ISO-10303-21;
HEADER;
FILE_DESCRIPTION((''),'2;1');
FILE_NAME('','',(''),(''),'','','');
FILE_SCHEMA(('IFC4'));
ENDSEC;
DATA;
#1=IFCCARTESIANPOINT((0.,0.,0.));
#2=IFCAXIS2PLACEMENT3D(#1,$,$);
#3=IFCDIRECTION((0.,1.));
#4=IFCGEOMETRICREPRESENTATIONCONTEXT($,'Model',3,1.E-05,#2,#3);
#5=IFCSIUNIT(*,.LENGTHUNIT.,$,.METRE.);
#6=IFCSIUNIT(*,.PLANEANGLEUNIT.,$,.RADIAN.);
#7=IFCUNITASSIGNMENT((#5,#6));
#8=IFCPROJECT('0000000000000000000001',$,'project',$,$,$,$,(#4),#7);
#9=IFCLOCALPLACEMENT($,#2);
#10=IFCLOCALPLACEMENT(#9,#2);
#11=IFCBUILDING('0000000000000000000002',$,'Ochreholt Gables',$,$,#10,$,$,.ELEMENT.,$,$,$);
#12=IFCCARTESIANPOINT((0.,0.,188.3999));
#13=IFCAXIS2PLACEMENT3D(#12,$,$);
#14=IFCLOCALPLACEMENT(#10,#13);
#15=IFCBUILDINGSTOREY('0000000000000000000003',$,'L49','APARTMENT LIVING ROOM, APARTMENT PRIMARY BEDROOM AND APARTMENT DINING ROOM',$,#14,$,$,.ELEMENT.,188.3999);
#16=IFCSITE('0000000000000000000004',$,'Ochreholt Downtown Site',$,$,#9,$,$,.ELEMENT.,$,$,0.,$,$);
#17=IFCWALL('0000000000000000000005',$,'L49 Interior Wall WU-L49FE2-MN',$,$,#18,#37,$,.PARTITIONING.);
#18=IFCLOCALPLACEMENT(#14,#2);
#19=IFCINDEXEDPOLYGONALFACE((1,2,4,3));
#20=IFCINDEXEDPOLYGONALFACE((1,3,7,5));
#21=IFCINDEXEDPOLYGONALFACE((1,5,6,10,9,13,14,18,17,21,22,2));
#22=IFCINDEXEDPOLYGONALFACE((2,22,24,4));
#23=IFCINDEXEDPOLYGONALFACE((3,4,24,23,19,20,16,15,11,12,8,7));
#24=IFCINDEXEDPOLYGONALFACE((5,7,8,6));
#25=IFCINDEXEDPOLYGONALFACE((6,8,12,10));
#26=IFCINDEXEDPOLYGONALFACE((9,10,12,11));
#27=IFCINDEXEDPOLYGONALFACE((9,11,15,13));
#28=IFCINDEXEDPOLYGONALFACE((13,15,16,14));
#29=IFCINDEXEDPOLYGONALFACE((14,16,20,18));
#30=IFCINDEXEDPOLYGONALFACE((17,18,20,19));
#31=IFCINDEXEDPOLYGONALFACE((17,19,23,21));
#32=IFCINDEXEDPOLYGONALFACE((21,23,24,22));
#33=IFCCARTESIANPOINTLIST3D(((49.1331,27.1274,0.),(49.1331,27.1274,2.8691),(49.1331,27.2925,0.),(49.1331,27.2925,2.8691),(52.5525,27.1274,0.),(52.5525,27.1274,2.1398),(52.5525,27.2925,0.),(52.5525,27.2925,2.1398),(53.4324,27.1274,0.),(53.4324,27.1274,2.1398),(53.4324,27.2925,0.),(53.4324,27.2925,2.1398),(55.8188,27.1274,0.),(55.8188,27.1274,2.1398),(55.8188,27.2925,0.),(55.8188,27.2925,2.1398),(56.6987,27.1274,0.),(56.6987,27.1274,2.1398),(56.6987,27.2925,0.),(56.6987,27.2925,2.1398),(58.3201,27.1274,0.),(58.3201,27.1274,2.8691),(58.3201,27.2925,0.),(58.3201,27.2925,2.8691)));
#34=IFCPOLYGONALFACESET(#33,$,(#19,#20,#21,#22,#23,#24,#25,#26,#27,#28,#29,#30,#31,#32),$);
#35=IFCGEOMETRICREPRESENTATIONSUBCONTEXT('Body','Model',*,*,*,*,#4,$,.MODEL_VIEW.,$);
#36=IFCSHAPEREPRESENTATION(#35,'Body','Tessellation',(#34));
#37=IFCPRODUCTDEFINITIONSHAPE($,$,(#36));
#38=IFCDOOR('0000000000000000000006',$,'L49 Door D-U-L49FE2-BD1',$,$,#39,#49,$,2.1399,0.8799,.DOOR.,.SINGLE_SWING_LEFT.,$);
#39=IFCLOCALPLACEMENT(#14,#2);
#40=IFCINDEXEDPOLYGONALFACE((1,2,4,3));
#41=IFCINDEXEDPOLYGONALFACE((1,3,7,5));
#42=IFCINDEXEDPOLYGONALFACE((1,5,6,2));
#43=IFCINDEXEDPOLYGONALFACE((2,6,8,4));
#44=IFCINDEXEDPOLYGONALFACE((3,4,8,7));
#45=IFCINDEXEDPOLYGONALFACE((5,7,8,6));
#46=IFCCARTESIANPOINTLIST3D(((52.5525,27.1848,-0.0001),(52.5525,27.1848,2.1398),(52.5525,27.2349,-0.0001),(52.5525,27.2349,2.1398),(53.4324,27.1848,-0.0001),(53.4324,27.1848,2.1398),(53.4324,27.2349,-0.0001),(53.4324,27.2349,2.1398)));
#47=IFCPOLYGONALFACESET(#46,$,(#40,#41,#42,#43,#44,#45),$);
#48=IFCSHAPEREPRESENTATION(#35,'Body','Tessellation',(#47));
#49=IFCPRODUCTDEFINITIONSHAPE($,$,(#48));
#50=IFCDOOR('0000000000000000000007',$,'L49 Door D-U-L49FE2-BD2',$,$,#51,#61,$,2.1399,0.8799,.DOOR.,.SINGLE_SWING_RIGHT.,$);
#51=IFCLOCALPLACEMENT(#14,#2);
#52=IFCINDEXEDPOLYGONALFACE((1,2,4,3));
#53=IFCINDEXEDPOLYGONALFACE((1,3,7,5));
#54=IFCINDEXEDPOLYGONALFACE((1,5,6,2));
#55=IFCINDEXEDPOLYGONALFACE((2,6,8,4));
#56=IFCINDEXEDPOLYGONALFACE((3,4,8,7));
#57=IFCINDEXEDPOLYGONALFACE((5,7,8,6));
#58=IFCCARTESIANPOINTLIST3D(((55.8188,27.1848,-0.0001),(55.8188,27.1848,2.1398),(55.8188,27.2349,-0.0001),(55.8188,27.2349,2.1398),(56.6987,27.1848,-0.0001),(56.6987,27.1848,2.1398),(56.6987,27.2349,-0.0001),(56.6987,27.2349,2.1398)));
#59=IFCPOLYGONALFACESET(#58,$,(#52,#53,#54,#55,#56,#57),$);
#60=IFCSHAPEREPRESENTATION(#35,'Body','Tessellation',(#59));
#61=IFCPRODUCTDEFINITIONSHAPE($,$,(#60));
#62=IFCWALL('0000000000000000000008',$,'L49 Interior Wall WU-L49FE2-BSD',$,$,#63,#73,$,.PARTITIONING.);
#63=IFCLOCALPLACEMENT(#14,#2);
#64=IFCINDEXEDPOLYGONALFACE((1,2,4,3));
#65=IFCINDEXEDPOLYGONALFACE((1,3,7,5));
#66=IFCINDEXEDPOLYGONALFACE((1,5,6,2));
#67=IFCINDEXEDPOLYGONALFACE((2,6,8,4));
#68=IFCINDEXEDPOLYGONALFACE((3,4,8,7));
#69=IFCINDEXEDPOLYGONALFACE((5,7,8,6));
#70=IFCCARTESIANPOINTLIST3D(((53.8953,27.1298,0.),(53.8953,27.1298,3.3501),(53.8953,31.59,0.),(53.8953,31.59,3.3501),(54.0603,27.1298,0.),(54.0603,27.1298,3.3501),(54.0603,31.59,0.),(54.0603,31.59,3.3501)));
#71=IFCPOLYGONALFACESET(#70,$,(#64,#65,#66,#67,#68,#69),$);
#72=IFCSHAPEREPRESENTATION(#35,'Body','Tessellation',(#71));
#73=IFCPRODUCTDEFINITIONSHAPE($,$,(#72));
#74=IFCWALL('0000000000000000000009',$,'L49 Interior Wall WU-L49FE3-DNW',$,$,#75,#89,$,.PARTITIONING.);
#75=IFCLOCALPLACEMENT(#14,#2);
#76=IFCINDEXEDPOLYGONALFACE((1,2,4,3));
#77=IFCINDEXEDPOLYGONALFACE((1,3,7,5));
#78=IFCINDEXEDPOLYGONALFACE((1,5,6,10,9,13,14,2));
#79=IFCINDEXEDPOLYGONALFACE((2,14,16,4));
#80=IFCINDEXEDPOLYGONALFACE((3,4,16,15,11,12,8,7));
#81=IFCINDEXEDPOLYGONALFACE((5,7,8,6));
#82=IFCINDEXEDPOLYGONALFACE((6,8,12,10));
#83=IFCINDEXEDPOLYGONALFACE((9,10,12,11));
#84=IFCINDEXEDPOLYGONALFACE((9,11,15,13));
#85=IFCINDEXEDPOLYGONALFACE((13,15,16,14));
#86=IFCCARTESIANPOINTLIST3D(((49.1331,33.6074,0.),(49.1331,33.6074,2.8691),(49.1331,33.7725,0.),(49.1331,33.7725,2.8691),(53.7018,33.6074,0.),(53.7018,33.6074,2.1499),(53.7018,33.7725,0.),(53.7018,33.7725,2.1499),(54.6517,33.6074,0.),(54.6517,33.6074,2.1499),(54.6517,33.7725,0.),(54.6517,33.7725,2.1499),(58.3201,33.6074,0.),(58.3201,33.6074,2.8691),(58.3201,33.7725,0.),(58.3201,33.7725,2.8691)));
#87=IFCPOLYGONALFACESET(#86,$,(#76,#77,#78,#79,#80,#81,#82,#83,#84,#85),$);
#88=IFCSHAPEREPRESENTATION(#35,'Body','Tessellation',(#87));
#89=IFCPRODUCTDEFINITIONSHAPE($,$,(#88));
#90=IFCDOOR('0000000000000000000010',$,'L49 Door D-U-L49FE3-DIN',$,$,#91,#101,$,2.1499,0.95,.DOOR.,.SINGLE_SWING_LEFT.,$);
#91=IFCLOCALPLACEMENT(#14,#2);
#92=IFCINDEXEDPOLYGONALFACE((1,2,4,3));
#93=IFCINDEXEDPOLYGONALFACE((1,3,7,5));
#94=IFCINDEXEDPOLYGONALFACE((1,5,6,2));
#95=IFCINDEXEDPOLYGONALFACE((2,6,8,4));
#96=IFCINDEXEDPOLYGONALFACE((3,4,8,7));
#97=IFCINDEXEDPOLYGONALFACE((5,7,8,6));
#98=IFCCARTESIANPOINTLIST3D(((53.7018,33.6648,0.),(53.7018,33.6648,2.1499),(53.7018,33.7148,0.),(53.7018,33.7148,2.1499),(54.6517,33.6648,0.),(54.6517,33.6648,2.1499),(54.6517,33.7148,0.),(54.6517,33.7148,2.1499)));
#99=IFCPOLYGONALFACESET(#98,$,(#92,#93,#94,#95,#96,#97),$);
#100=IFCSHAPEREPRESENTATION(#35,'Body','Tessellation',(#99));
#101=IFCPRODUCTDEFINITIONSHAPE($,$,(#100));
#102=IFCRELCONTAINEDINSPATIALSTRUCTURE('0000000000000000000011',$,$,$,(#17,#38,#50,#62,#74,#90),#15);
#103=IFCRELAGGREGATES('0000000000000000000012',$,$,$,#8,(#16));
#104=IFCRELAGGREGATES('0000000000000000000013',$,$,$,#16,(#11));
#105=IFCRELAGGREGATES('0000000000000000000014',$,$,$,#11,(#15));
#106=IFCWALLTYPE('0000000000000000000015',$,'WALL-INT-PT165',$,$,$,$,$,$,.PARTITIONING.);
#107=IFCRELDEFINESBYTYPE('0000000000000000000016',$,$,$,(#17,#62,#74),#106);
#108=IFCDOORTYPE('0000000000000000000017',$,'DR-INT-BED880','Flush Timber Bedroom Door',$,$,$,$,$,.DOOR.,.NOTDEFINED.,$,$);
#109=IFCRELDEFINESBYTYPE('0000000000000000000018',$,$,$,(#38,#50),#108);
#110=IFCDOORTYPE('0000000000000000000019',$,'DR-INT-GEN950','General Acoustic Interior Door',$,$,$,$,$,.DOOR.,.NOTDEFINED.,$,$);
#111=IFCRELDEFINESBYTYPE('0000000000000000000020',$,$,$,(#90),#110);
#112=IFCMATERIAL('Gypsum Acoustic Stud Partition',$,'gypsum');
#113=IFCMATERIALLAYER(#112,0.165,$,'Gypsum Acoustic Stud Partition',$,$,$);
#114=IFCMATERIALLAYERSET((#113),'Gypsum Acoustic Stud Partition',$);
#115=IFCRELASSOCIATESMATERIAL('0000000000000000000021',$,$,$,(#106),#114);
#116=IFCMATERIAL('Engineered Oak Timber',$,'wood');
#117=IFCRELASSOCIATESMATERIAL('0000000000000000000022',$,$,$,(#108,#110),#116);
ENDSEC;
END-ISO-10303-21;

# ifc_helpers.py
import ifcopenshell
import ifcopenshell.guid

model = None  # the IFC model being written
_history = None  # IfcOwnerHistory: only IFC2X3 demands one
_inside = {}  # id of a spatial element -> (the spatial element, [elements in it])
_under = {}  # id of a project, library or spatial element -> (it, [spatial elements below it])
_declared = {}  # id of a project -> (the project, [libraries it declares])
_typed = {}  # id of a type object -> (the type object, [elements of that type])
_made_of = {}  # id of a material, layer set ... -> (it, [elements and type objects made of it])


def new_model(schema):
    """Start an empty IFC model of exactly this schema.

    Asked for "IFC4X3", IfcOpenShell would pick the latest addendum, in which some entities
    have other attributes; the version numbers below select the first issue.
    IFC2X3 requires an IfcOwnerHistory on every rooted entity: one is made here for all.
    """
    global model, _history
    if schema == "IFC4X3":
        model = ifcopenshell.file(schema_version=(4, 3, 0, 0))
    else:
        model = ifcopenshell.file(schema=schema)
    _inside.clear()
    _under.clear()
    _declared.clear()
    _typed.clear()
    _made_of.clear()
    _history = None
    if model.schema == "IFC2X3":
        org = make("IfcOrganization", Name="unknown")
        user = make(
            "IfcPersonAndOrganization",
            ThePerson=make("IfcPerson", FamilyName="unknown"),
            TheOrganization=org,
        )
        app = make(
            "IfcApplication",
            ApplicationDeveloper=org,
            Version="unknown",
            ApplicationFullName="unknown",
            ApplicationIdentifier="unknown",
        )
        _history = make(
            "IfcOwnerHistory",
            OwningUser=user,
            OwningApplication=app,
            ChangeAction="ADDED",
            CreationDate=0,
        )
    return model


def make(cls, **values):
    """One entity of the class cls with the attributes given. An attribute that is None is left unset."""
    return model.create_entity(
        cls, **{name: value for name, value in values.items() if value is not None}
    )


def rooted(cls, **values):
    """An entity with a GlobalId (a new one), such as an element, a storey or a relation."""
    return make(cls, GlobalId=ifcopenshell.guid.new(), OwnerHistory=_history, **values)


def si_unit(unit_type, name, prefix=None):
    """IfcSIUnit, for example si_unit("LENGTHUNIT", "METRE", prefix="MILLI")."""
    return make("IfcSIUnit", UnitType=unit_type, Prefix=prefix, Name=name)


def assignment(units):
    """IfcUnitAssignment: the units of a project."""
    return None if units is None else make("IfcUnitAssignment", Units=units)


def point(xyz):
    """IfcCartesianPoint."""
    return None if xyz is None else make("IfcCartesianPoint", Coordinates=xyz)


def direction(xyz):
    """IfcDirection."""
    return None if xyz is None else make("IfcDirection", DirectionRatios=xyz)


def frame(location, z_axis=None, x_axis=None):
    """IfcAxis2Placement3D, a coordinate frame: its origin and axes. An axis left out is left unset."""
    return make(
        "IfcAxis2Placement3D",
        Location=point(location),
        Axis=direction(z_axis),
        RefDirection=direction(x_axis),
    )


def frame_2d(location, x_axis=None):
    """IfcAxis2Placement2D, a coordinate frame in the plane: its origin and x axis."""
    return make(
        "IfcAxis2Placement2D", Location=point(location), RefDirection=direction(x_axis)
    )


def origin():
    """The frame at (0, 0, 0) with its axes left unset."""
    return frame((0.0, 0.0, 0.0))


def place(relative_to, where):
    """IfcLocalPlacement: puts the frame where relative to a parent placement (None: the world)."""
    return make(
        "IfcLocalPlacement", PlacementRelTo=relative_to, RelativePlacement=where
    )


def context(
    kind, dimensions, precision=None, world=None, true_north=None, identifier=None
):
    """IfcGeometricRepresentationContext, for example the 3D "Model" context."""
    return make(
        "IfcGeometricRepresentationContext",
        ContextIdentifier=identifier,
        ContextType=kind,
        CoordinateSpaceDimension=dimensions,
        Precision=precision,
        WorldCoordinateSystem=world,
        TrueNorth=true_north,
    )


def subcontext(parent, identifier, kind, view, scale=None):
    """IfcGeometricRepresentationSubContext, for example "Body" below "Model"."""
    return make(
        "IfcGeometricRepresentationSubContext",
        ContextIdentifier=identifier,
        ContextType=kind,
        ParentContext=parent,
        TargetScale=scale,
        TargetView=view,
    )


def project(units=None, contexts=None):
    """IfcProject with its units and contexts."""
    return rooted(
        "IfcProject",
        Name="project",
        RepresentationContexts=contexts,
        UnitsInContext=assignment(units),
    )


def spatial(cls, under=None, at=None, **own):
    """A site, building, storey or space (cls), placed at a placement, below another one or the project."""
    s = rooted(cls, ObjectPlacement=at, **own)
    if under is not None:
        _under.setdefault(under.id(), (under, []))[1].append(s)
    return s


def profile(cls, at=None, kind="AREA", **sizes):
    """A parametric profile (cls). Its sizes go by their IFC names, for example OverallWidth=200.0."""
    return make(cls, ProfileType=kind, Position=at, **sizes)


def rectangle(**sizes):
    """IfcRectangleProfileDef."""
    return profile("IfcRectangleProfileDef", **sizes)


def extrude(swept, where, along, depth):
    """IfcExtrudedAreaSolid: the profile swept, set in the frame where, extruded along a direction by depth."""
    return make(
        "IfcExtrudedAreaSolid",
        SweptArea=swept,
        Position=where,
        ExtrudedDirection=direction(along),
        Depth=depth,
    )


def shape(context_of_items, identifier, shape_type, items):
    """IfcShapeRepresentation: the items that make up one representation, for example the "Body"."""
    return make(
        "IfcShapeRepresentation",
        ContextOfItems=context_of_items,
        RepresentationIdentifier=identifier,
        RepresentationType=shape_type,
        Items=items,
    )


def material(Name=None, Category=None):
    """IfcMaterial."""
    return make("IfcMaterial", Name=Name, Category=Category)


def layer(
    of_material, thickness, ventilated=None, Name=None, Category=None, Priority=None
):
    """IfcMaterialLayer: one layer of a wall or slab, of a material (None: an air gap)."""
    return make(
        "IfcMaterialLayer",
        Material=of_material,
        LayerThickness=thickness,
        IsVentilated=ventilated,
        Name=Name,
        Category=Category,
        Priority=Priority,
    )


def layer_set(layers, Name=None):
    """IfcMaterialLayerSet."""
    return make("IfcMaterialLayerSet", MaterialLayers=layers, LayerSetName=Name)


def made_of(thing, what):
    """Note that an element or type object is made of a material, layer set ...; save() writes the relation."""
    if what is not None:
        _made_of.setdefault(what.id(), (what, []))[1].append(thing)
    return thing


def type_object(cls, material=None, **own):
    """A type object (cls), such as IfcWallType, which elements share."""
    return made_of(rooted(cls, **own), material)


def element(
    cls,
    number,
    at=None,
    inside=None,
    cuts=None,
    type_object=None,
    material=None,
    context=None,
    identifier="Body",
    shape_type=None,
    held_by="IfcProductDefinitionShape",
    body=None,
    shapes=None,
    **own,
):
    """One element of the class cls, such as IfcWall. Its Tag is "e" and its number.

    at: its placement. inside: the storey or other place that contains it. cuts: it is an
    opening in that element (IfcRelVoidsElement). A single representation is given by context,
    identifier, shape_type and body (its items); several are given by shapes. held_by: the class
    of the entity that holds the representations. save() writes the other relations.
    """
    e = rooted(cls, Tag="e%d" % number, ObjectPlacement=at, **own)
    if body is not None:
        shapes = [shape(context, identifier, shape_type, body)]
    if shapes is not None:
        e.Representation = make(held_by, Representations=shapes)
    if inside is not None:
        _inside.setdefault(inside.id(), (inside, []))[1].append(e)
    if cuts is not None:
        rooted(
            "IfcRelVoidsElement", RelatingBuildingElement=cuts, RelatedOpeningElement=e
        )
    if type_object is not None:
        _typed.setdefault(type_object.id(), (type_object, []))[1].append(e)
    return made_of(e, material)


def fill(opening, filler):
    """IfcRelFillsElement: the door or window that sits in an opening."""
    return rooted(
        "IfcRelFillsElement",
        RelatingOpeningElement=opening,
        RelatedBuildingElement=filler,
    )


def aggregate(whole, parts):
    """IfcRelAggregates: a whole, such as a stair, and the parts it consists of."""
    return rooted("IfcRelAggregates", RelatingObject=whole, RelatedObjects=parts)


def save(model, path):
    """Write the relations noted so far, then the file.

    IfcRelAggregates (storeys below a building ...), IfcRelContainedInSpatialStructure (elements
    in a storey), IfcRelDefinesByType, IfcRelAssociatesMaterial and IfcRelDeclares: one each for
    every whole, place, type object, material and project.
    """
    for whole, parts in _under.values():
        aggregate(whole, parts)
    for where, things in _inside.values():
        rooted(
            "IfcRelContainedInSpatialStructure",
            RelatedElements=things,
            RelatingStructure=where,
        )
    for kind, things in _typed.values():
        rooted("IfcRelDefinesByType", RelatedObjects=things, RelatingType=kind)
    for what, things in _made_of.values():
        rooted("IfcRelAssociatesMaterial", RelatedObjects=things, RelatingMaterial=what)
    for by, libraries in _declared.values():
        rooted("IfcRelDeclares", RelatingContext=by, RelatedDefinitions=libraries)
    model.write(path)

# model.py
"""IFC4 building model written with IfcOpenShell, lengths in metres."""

from ifc_helpers import new_model, si_unit, direction, frame, frame_2d, origin, place, context, subcontext, project, spatial, rectangle, extrude, material, layer, layer_set, type_object, element, fill, save


model = new_model("IFC4")

# Units and contexts
model_context = context("Model", 3, precision=1e-05, world=origin(), true_north=direction((0.0, 1.0)))
body_context = subcontext(model_context, "Body", "Model", "MODEL_VIEW")
ifc_project = project(units=[si_unit("LENGTHUNIT", "METRE"), si_unit("PLANEANGLEUNIT", "RADIAN")], contexts=[model_context])

# Site, building, storey
site_placement = place(None, origin())
site = spatial("IfcSite", under=ifc_project, at=site_placement, Name="Ochreholt Downtown Site", CompositionType="ELEMENT", RefElevation=0.0)
building_placement = place(site_placement, origin())
building = spatial("IfcBuilding", under=site, at=building_placement, Name="Ochreholt Gables", CompositionType="ELEMENT")
storey_placement = place(building_placement, frame((0.0, 0.0, 188.3999)))
storey = spatial("IfcBuildingStorey", under=building, at=storey_placement, Name="L49", Description="APARTMENT LIVING ROOM, APARTMENT PRIMARY BEDROOM AND APARTMENT DINING ROOM", CompositionType="ELEMENT", Elevation=188.3999)

# Shared definitions
ifc_material_1 = material(Name="Engineered Oak Timber", Category="wood")

# Wall, openings, doors
ifc_material_2 = material(Name="Gypsum Acoustic Stud Partition", Category="gypsum")
ifc_layer_1 = layer(ifc_material_2, 0.165, Name="Gypsum Acoustic Stud Partition")
ifc_layer_set_1 = layer_set([ifc_layer_1], Name="Gypsum Acoustic Stud Partition")
wall_type_1 = type_object("IfcWallType", Name="WALL-INT-PT165", PredefinedType="PARTITIONING", material=ifc_layer_set_1)
wall_1_placement = place(storey_placement, frame((49.1331, 27.21, 0.0), z_axis=(0.0, 0.0, 1.0), x_axis=(1.0, 0.0, 0.0)))
wall_1 = element("IfcWall", 1, at=wall_1_placement, inside=storey, type_object=wall_type_1, Name="L49 Interior Wall WU-L49FE2-MN", PredefinedType="PARTITIONING", context=body_context, shape_type="SweptSolid", body=[
    extrude(rectangle(XDim=9.187, YDim=0.165, at=frame_2d((4.5935, 0.0))), origin(), (0.0, 0.0, 1.0), 2.8691),
])
opening_1_placement = place(wall_1_placement, frame((3.4194, 0.0, 0.0)))
opening_1 = element("IfcOpeningElement", 2, at=opening_1_placement, cuts=wall_1, PredefinedType="OPENING", context=body_context, shape_type="SweptSolid", body=[
    extrude(rectangle(XDim=0.8799, YDim=2.1399, at=frame_2d((0.4399, 1.0698))), frame((0.0, 0.0925, 0.0), z_axis=(0.0, -1.0, 0.0), x_axis=(1.0, 0.0, 0.0)), (0.0, 0.0, 1.0), 0.1851),
])
opening_2_placement = place(wall_1_placement, frame((6.6858, 0.0, 0.0)))
opening_2 = element("IfcOpeningElement", 3, at=opening_2_placement, cuts=wall_1, PredefinedType="OPENING", context=body_context, shape_type="SweptSolid", body=[
    extrude(rectangle(XDim=0.8799, YDim=2.1399, at=frame_2d((0.4399, 1.0698))), frame((0.0, 0.0925, 0.0), z_axis=(0.0, -1.0, 0.0), x_axis=(1.0, 0.0, 0.0)), (0.0, 0.0, 1.0), 0.1851),
])
door_type_1 = type_object("IfcDoorType", Name="DR-INT-BED880", Description="Flush Timber Bedroom Door", OperationType="NOTDEFINED", PredefinedType="DOOR", material=ifc_material_1)
door_1_placement = place(opening_1_placement, origin())
door_1 = element("IfcDoor", 4, at=door_1_placement, inside=storey, type_object=door_type_1, Name="L49 Door D-U-L49FE2-BD1", OperationType="SINGLE_SWING_LEFT", OverallHeight=2.1399, OverallWidth=0.8799, PredefinedType="DOOR", context=body_context, shape_type="SweptSolid", body=[
    extrude(rectangle(XDim=0.8799, YDim=2.1399, at=frame_2d((0.4399, 1.0698))), frame((0.0, 0.0249, 0.0), z_axis=(0.0, -1.0, 0.0), x_axis=(1.0, 0.0, 0.0)), (0.0, 0.0, 1.0), 0.05),
])
fill(opening_1, door_1)
door_2_placement = place(opening_2_placement, origin())
door_2 = element("IfcDoor", 5, at=door_2_placement, inside=storey, type_object=door_type_1, Name="L49 Door D-U-L49FE2-BD2", OperationType="SINGLE_SWING_RIGHT", OverallHeight=2.1399, OverallWidth=0.8799, PredefinedType="DOOR", context=body_context, shape_type="SweptSolid", body=[
    extrude(rectangle(XDim=0.8799, YDim=2.1399, at=frame_2d((0.4399, 1.0698))), frame((0.0, 0.0249, 0.0), z_axis=(0.0, -1.0, 0.0), x_axis=(1.0, 0.0, 0.0)), (0.0, 0.0, 1.0), 0.05),
])
fill(opening_2, door_2)

# Wall
wall_2_placement = place(storey_placement, frame((53.9778, 27.1299, 0.0), z_axis=(0.0, 0.0, 1.0), x_axis=(0.0, 1.0, 0.0)))
element("IfcWall", 6, at=wall_2_placement, inside=storey, type_object=wall_type_1, Name="L49 Interior Wall WU-L49FE2-BSD", PredefinedType="PARTITIONING", context=body_context, shape_type="SweptSolid", body=[
    extrude(rectangle(XDim=4.4602, YDim=0.165, at=frame_2d((2.23, 0.0))), origin(), (0.0, 0.0, 1.0), 3.3501),
])

# Wall, opening, door
wall_3_placement = place(storey_placement, frame((49.1331, 33.6899, 0.0), z_axis=(0.0, 0.0, 1.0), x_axis=(1.0, 0.0, 0.0)))
wall_3 = element("IfcWall", 7, at=wall_3_placement, inside=storey, type_object=wall_type_1, Name="L49 Interior Wall WU-L49FE3-DNW", PredefinedType="PARTITIONING", context=body_context, shape_type="SweptSolid", body=[
    extrude(rectangle(XDim=9.187, YDim=0.165, at=frame_2d((4.5935, 0.0))), origin(), (0.0, 0.0, 1.0), 2.8691),
])
opening_3_placement = place(wall_3_placement, frame((4.5686, 0.0, 0.0)))
opening_3 = element("IfcOpeningElement", 8, at=opening_3_placement, cuts=wall_3, PredefinedType="OPENING", context=body_context, shape_type="SweptSolid", body=[
    extrude(rectangle(XDim=0.95, YDim=2.1499, at=frame_2d((0.4751, 1.075))), frame((0.0, 0.0925, 0.0), z_axis=(0.0, -1.0, 0.0), x_axis=(1.0, 0.0, 0.0)), (0.0, 0.0, 1.0), 0.1851),
])
door_type_2 = type_object("IfcDoorType", Name="DR-INT-GEN950", Description="General Acoustic Interior Door", OperationType="NOTDEFINED", PredefinedType="DOOR", material=ifc_material_1)
door_3_placement = place(opening_3_placement, origin())
door_3 = element("IfcDoor", 9, at=door_3_placement, inside=storey, type_object=door_type_2, Name="L49 Door D-U-L49FE3-DIN", OperationType="SINGLE_SWING_LEFT", OverallHeight=2.1499, OverallWidth=0.95, PredefinedType="DOOR", context=body_context, shape_type="SweptSolid", body=[
    extrude(rectangle(XDim=0.95, YDim=2.1499, at=frame_2d((0.4751, 1.075))), frame((0.0, 0.0249, 0.0), z_axis=(0.0, -1.0, 0.0), x_axis=(1.0, 0.0, 0.0)), (0.0, 0.0, 1.0), 0.05),
])
fill(opening_3, door_3)

save(model, "model.ifc")
